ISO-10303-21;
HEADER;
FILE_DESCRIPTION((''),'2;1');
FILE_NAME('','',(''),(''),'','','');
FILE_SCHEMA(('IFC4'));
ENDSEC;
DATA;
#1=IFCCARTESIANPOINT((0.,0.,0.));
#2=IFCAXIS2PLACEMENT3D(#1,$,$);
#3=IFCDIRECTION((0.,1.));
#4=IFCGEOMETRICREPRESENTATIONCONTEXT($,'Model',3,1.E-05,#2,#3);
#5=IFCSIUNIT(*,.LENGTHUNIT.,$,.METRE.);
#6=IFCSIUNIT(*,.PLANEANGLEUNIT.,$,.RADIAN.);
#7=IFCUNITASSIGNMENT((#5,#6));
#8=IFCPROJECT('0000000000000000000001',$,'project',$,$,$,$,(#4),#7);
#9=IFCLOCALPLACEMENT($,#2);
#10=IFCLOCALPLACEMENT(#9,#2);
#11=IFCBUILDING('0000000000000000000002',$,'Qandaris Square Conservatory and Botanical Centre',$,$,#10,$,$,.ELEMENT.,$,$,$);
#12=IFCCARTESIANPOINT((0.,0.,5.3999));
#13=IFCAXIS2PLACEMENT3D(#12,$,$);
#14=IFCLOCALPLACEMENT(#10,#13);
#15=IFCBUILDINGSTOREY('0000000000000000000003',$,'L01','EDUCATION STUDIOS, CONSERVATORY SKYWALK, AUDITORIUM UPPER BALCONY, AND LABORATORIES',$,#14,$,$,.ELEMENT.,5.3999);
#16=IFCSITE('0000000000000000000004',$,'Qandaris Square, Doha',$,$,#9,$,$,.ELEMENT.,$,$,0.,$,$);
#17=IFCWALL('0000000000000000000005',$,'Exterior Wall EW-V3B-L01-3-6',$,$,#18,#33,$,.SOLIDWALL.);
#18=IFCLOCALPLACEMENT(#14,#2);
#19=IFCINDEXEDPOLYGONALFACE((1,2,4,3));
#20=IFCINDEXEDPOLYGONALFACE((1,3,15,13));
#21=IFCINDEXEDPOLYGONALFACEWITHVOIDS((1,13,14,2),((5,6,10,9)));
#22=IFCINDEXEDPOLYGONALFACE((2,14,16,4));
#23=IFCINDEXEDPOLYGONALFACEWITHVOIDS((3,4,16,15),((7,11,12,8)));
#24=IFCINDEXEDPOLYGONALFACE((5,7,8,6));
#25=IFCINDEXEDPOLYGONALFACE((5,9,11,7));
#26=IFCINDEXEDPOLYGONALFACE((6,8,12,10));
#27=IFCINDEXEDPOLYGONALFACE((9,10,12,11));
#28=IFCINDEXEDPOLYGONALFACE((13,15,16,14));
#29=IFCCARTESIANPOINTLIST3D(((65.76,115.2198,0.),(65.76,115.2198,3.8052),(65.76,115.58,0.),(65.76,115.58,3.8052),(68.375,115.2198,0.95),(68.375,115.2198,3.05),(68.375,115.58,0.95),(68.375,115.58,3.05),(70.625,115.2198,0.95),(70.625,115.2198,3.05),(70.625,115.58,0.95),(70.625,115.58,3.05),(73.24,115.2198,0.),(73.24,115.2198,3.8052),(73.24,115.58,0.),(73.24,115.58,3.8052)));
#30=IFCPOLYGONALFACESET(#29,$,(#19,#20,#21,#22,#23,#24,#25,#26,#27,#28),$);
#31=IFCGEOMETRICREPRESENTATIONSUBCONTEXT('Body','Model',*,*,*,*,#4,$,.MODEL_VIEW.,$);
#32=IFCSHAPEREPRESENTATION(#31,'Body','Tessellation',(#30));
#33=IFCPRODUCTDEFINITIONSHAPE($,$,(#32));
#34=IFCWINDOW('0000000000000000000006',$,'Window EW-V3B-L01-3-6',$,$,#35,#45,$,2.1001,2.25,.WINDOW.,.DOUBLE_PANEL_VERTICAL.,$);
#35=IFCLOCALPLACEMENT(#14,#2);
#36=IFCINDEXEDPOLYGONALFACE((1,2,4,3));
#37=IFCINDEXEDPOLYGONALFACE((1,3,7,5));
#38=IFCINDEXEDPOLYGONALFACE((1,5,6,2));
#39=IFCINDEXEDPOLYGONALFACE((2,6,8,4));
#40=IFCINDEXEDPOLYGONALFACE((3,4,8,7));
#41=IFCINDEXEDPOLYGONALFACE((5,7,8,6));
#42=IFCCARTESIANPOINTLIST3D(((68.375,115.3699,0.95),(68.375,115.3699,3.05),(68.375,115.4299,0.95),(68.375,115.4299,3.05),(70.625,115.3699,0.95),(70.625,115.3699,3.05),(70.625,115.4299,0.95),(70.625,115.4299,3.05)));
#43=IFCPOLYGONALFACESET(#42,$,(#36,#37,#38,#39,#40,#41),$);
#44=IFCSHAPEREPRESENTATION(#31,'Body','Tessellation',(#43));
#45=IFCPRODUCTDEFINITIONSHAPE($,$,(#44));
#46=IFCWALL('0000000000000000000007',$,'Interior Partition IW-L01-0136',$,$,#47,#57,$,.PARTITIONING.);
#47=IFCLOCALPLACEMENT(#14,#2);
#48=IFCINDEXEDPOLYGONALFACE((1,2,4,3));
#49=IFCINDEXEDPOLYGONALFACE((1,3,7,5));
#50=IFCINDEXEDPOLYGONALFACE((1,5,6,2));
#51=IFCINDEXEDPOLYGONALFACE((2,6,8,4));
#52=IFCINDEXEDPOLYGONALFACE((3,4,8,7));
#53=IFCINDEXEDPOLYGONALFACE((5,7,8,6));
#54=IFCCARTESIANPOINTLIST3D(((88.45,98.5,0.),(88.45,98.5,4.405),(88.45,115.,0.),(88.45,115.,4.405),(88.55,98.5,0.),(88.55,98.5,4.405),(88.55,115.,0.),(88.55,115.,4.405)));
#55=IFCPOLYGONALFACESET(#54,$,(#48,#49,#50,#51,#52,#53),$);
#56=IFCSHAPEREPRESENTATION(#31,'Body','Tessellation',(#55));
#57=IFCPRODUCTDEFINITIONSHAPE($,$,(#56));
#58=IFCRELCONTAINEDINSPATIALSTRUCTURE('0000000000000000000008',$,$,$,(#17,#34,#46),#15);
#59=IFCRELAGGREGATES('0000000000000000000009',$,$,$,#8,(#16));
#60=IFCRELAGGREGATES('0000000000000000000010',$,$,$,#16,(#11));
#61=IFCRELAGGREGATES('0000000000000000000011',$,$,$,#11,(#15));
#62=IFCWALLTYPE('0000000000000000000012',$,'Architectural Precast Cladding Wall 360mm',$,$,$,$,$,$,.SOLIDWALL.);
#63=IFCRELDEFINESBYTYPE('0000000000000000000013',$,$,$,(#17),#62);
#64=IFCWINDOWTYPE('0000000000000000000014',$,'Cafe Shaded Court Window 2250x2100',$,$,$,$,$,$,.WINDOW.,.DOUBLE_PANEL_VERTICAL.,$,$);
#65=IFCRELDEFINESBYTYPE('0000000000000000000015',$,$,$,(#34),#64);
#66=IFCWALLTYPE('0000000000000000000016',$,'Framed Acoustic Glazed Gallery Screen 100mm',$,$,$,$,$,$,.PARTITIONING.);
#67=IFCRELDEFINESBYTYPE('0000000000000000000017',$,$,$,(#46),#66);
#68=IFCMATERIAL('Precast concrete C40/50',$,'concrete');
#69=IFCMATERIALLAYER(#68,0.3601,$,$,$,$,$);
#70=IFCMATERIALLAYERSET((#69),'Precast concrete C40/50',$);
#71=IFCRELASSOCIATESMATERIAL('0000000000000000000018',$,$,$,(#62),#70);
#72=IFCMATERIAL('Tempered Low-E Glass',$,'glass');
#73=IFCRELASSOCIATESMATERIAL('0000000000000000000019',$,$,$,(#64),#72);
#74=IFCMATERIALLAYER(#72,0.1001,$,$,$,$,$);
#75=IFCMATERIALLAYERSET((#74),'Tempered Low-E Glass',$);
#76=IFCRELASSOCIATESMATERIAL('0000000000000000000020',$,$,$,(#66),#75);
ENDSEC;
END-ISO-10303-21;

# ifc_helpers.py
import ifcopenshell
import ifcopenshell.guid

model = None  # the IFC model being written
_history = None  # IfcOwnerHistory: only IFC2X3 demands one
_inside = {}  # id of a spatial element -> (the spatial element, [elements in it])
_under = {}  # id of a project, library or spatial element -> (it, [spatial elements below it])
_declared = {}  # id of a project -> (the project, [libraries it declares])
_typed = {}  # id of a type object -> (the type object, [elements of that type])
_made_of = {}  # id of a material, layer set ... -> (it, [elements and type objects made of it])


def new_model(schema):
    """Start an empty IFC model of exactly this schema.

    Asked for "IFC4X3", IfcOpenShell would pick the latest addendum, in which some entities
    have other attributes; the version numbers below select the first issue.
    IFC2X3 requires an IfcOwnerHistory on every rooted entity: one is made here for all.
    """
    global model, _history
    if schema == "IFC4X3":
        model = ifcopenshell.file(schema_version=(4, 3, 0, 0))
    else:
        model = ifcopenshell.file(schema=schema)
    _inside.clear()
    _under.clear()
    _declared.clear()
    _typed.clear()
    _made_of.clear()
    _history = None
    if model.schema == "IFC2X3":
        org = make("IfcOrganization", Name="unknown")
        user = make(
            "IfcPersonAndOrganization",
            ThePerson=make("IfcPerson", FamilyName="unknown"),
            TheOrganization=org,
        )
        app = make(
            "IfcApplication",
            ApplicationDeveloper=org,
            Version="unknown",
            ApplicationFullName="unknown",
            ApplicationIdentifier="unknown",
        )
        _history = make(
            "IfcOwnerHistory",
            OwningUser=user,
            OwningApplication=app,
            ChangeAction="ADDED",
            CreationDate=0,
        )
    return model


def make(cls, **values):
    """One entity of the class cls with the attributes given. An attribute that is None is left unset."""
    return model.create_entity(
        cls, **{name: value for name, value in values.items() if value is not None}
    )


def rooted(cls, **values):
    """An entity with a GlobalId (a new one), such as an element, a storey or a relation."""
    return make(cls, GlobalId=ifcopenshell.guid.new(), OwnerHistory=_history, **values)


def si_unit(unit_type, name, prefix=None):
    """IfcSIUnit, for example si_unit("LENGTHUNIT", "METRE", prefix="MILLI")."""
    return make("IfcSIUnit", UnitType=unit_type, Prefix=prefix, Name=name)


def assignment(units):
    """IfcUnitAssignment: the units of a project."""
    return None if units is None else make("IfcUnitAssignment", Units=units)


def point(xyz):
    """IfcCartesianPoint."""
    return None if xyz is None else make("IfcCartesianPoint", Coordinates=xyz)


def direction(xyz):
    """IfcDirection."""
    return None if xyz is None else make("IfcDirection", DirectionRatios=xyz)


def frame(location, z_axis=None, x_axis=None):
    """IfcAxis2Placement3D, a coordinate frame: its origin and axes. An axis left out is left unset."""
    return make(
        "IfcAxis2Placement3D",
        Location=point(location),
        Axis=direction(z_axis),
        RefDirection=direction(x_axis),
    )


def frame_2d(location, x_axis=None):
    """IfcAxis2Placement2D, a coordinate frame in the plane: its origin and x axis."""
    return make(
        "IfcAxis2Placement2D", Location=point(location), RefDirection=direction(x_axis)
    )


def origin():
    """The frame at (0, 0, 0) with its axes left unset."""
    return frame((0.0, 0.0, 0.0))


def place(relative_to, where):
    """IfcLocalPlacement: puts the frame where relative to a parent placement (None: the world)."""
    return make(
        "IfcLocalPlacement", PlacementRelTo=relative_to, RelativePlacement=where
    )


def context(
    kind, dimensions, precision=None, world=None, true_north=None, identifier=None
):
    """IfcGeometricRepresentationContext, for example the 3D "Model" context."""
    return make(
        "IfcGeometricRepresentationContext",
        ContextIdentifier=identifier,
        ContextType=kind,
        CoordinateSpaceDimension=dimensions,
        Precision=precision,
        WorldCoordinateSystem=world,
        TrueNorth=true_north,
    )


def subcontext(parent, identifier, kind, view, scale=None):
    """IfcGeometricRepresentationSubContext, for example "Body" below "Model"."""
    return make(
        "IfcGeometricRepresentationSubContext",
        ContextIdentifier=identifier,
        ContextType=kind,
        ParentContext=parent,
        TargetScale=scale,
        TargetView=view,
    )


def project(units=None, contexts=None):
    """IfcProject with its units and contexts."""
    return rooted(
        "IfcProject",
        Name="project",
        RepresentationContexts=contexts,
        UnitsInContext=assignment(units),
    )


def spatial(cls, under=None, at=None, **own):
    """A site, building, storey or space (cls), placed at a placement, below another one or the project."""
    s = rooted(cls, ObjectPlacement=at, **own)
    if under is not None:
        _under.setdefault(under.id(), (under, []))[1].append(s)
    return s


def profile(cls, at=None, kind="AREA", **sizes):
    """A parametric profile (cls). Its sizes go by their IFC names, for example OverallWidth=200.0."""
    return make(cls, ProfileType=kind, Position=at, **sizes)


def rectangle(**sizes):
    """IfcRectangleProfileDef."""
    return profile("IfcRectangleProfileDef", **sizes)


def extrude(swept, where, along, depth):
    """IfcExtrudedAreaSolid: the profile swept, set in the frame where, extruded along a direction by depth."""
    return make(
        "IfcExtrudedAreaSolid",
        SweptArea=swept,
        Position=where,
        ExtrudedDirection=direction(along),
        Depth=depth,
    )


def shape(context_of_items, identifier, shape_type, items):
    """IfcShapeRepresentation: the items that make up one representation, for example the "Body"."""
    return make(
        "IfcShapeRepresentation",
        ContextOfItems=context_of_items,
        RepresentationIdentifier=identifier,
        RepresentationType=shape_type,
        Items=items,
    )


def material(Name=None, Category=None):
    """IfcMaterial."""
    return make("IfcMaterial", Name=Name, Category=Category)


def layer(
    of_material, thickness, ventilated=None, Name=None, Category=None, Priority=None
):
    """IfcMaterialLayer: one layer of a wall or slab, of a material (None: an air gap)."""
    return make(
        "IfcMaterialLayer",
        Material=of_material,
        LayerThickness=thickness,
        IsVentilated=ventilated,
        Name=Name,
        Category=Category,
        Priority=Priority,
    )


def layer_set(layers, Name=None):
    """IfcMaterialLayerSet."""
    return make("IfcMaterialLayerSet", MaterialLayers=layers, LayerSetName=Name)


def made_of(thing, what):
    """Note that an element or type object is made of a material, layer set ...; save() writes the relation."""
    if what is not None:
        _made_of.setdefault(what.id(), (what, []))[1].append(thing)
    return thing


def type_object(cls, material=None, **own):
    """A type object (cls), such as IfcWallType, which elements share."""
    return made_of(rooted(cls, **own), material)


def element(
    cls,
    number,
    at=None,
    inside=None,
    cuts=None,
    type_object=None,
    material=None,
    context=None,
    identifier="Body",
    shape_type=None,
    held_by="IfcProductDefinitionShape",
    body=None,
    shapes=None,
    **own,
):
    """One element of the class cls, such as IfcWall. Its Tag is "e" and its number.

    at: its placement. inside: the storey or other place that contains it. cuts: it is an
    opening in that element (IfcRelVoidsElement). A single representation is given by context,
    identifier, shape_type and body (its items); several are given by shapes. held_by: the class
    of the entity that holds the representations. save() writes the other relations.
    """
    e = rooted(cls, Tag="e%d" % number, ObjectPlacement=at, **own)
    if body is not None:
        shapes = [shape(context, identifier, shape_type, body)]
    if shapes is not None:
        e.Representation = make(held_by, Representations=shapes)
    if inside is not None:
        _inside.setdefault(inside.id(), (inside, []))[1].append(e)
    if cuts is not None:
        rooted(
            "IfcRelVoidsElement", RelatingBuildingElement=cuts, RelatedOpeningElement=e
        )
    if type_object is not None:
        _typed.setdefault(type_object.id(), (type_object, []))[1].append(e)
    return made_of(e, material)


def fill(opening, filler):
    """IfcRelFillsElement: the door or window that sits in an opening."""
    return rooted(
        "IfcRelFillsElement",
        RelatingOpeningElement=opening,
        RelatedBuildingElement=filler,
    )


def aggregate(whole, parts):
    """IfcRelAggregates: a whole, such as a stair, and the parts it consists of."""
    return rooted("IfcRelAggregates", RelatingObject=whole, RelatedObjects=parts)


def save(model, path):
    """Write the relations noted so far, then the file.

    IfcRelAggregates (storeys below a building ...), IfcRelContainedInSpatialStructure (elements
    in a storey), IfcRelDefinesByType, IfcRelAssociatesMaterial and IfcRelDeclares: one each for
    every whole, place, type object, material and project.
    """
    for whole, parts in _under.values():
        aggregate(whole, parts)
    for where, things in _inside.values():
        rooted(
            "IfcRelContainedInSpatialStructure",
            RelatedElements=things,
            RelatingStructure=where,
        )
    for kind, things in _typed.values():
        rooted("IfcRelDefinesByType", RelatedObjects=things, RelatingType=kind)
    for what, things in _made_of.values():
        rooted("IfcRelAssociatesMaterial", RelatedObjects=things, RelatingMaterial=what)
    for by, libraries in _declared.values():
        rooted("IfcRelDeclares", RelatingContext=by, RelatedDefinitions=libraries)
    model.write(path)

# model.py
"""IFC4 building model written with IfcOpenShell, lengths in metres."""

from ifc_helpers import new_model, si_unit, direction, frame, frame_2d, origin, place, context, subcontext, project, spatial, rectangle, extrude, material, layer, layer_set, type_object, element, fill, save


model = new_model("IFC4")

# Units and contexts
model_context = context("Model", 3, precision=1e-05, world=origin(), true_north=direction((0.0, 1.0)))
body_context = subcontext(model_context, "Body", "Model", "MODEL_VIEW")
ifc_project = project(units=[si_unit("LENGTHUNIT", "METRE"), si_unit("PLANEANGLEUNIT", "RADIAN")], contexts=[model_context])

# Site, building, storey
site_placement = place(None, origin())
site = spatial("IfcSite", under=ifc_project, at=site_placement, Name="Qandaris Square, Doha", CompositionType="ELEMENT", RefElevation=0.0)
building_placement = place(site_placement, origin())
building = spatial("IfcBuilding", under=site, at=building_placement, Name="Qandaris Square Conservatory and Botanical Centre", CompositionType="ELEMENT")
storey_placement = place(building_placement, frame((0.0, 0.0, 5.3999)))
storey = spatial("IfcBuildingStorey", under=building, at=storey_placement, Name="L01", Description="EDUCATION STUDIOS, CONSERVATORY SKYWALK, AUDITORIUM UPPER BALCONY, AND LABORATORIES", CompositionType="ELEMENT", Elevation=5.3999)

# Wall, opening, window
ifc_material_1 = material(Name="Precast concrete C40/50", Category="concrete")
ifc_layer_1 = layer(ifc_material_1, 0.3601)
ifc_layer_set_1 = layer_set([ifc_layer_1], Name="Precast concrete C40/50")
wall_type_1 = type_object("IfcWallType", Name="Architectural Precast Cladding Wall 360mm", PredefinedType="SOLIDWALL", material=ifc_layer_set_1)
ifc_material_2 = material(Name="Tempered Low-E Glass", Category="glass")
window_type = type_object("IfcWindowType", Name="Cafe Shaded Court Window 2250x2100", PartitioningType="DOUBLE_PANEL_VERTICAL", PredefinedType="WINDOW", material=ifc_material_2)
wall_1_placement = place(storey_placement, frame((73.24, 115.3999, 0.0), z_axis=(0.0, 0.0, 1.0), x_axis=(-1.0, 0.0, 0.0)))
wall_1 = element("IfcWall", 1, at=wall_1_placement, inside=storey, type_object=wall_type_1, Name="Exterior Wall EW-V3B-L01-3-6", PredefinedType="SOLIDWALL", context=body_context, shape_type="SweptSolid", body=[
    extrude(rectangle(XDim=7.48, YDim=0.3601, at=frame_2d((3.74, 0.0))), origin(), (0.0, 0.0, 1.0), 3.8052),
])
opening_1_placement = place(wall_1_placement, frame((2.615, 0.0, 0.95)))
opening_1 = element("IfcOpeningElement", 2, at=opening_1_placement, cuts=wall_1, PredefinedType="OPENING", context=body_context, shape_type="SweptSolid", body=[
    extrude(rectangle(XDim=2.25, YDim=2.1001, at=frame_2d((1.125, 1.05))), frame((0.0, 0.1919, 0.0), z_axis=(0.0, -1.0, 0.0), x_axis=(1.0, 0.0, 0.0)), (0.0, 0.0, 1.0), 0.384),
])
window_1_placement = place(opening_1_placement, origin())
window_1 = element("IfcWindow", 3, at=window_1_placement, inside=storey, type_object=window_type, Name="Window EW-V3B-L01-3-6", OverallHeight=2.1001, OverallWidth=2.25, PartitioningType="DOUBLE_PANEL_VERTICAL", PredefinedType="WINDOW", context=body_context, shape_type="SweptSolid", body=[
    extrude(rectangle(XDim=2.25, YDim=2.1001, at=frame_2d((1.125, 1.05))), frame((0.0, 0.03, 0.0), z_axis=(0.0, -1.0, 0.0), x_axis=(1.0, 0.0, 0.0)), (0.0, 0.0, 1.0), 0.0601),
])
fill(opening_1, window_1)

# Wall
ifc_layer_2 = layer(ifc_material_2, 0.1001)
ifc_layer_set_2 = layer_set([ifc_layer_2], Name="Tempered Low-E Glass")
wall_type_2 = type_object("IfcWallType", Name="Framed Acoustic Glazed Gallery Screen 100mm", PredefinedType="PARTITIONING", material=ifc_layer_set_2)
wall_2_placement = place(storey_placement, frame((88.5, 115.0, 0.0), z_axis=(0.0, 0.0, 1.0), x_axis=(0.0, -1.0, 0.0)))
element("IfcWall", 4, at=wall_2_placement, inside=storey, type_object=wall_type_2, Name="Interior Partition IW-L01-0136", PredefinedType="PARTITIONING", context=body_context, shape_type="SweptSolid", body=[
    extrude(rectangle(XDim=16.5, YDim=0.1001, at=frame_2d((8.25, 0.0))), origin(), (0.0, 0.0, 1.0), 4.405),
])

save(model, "model.ifc")
